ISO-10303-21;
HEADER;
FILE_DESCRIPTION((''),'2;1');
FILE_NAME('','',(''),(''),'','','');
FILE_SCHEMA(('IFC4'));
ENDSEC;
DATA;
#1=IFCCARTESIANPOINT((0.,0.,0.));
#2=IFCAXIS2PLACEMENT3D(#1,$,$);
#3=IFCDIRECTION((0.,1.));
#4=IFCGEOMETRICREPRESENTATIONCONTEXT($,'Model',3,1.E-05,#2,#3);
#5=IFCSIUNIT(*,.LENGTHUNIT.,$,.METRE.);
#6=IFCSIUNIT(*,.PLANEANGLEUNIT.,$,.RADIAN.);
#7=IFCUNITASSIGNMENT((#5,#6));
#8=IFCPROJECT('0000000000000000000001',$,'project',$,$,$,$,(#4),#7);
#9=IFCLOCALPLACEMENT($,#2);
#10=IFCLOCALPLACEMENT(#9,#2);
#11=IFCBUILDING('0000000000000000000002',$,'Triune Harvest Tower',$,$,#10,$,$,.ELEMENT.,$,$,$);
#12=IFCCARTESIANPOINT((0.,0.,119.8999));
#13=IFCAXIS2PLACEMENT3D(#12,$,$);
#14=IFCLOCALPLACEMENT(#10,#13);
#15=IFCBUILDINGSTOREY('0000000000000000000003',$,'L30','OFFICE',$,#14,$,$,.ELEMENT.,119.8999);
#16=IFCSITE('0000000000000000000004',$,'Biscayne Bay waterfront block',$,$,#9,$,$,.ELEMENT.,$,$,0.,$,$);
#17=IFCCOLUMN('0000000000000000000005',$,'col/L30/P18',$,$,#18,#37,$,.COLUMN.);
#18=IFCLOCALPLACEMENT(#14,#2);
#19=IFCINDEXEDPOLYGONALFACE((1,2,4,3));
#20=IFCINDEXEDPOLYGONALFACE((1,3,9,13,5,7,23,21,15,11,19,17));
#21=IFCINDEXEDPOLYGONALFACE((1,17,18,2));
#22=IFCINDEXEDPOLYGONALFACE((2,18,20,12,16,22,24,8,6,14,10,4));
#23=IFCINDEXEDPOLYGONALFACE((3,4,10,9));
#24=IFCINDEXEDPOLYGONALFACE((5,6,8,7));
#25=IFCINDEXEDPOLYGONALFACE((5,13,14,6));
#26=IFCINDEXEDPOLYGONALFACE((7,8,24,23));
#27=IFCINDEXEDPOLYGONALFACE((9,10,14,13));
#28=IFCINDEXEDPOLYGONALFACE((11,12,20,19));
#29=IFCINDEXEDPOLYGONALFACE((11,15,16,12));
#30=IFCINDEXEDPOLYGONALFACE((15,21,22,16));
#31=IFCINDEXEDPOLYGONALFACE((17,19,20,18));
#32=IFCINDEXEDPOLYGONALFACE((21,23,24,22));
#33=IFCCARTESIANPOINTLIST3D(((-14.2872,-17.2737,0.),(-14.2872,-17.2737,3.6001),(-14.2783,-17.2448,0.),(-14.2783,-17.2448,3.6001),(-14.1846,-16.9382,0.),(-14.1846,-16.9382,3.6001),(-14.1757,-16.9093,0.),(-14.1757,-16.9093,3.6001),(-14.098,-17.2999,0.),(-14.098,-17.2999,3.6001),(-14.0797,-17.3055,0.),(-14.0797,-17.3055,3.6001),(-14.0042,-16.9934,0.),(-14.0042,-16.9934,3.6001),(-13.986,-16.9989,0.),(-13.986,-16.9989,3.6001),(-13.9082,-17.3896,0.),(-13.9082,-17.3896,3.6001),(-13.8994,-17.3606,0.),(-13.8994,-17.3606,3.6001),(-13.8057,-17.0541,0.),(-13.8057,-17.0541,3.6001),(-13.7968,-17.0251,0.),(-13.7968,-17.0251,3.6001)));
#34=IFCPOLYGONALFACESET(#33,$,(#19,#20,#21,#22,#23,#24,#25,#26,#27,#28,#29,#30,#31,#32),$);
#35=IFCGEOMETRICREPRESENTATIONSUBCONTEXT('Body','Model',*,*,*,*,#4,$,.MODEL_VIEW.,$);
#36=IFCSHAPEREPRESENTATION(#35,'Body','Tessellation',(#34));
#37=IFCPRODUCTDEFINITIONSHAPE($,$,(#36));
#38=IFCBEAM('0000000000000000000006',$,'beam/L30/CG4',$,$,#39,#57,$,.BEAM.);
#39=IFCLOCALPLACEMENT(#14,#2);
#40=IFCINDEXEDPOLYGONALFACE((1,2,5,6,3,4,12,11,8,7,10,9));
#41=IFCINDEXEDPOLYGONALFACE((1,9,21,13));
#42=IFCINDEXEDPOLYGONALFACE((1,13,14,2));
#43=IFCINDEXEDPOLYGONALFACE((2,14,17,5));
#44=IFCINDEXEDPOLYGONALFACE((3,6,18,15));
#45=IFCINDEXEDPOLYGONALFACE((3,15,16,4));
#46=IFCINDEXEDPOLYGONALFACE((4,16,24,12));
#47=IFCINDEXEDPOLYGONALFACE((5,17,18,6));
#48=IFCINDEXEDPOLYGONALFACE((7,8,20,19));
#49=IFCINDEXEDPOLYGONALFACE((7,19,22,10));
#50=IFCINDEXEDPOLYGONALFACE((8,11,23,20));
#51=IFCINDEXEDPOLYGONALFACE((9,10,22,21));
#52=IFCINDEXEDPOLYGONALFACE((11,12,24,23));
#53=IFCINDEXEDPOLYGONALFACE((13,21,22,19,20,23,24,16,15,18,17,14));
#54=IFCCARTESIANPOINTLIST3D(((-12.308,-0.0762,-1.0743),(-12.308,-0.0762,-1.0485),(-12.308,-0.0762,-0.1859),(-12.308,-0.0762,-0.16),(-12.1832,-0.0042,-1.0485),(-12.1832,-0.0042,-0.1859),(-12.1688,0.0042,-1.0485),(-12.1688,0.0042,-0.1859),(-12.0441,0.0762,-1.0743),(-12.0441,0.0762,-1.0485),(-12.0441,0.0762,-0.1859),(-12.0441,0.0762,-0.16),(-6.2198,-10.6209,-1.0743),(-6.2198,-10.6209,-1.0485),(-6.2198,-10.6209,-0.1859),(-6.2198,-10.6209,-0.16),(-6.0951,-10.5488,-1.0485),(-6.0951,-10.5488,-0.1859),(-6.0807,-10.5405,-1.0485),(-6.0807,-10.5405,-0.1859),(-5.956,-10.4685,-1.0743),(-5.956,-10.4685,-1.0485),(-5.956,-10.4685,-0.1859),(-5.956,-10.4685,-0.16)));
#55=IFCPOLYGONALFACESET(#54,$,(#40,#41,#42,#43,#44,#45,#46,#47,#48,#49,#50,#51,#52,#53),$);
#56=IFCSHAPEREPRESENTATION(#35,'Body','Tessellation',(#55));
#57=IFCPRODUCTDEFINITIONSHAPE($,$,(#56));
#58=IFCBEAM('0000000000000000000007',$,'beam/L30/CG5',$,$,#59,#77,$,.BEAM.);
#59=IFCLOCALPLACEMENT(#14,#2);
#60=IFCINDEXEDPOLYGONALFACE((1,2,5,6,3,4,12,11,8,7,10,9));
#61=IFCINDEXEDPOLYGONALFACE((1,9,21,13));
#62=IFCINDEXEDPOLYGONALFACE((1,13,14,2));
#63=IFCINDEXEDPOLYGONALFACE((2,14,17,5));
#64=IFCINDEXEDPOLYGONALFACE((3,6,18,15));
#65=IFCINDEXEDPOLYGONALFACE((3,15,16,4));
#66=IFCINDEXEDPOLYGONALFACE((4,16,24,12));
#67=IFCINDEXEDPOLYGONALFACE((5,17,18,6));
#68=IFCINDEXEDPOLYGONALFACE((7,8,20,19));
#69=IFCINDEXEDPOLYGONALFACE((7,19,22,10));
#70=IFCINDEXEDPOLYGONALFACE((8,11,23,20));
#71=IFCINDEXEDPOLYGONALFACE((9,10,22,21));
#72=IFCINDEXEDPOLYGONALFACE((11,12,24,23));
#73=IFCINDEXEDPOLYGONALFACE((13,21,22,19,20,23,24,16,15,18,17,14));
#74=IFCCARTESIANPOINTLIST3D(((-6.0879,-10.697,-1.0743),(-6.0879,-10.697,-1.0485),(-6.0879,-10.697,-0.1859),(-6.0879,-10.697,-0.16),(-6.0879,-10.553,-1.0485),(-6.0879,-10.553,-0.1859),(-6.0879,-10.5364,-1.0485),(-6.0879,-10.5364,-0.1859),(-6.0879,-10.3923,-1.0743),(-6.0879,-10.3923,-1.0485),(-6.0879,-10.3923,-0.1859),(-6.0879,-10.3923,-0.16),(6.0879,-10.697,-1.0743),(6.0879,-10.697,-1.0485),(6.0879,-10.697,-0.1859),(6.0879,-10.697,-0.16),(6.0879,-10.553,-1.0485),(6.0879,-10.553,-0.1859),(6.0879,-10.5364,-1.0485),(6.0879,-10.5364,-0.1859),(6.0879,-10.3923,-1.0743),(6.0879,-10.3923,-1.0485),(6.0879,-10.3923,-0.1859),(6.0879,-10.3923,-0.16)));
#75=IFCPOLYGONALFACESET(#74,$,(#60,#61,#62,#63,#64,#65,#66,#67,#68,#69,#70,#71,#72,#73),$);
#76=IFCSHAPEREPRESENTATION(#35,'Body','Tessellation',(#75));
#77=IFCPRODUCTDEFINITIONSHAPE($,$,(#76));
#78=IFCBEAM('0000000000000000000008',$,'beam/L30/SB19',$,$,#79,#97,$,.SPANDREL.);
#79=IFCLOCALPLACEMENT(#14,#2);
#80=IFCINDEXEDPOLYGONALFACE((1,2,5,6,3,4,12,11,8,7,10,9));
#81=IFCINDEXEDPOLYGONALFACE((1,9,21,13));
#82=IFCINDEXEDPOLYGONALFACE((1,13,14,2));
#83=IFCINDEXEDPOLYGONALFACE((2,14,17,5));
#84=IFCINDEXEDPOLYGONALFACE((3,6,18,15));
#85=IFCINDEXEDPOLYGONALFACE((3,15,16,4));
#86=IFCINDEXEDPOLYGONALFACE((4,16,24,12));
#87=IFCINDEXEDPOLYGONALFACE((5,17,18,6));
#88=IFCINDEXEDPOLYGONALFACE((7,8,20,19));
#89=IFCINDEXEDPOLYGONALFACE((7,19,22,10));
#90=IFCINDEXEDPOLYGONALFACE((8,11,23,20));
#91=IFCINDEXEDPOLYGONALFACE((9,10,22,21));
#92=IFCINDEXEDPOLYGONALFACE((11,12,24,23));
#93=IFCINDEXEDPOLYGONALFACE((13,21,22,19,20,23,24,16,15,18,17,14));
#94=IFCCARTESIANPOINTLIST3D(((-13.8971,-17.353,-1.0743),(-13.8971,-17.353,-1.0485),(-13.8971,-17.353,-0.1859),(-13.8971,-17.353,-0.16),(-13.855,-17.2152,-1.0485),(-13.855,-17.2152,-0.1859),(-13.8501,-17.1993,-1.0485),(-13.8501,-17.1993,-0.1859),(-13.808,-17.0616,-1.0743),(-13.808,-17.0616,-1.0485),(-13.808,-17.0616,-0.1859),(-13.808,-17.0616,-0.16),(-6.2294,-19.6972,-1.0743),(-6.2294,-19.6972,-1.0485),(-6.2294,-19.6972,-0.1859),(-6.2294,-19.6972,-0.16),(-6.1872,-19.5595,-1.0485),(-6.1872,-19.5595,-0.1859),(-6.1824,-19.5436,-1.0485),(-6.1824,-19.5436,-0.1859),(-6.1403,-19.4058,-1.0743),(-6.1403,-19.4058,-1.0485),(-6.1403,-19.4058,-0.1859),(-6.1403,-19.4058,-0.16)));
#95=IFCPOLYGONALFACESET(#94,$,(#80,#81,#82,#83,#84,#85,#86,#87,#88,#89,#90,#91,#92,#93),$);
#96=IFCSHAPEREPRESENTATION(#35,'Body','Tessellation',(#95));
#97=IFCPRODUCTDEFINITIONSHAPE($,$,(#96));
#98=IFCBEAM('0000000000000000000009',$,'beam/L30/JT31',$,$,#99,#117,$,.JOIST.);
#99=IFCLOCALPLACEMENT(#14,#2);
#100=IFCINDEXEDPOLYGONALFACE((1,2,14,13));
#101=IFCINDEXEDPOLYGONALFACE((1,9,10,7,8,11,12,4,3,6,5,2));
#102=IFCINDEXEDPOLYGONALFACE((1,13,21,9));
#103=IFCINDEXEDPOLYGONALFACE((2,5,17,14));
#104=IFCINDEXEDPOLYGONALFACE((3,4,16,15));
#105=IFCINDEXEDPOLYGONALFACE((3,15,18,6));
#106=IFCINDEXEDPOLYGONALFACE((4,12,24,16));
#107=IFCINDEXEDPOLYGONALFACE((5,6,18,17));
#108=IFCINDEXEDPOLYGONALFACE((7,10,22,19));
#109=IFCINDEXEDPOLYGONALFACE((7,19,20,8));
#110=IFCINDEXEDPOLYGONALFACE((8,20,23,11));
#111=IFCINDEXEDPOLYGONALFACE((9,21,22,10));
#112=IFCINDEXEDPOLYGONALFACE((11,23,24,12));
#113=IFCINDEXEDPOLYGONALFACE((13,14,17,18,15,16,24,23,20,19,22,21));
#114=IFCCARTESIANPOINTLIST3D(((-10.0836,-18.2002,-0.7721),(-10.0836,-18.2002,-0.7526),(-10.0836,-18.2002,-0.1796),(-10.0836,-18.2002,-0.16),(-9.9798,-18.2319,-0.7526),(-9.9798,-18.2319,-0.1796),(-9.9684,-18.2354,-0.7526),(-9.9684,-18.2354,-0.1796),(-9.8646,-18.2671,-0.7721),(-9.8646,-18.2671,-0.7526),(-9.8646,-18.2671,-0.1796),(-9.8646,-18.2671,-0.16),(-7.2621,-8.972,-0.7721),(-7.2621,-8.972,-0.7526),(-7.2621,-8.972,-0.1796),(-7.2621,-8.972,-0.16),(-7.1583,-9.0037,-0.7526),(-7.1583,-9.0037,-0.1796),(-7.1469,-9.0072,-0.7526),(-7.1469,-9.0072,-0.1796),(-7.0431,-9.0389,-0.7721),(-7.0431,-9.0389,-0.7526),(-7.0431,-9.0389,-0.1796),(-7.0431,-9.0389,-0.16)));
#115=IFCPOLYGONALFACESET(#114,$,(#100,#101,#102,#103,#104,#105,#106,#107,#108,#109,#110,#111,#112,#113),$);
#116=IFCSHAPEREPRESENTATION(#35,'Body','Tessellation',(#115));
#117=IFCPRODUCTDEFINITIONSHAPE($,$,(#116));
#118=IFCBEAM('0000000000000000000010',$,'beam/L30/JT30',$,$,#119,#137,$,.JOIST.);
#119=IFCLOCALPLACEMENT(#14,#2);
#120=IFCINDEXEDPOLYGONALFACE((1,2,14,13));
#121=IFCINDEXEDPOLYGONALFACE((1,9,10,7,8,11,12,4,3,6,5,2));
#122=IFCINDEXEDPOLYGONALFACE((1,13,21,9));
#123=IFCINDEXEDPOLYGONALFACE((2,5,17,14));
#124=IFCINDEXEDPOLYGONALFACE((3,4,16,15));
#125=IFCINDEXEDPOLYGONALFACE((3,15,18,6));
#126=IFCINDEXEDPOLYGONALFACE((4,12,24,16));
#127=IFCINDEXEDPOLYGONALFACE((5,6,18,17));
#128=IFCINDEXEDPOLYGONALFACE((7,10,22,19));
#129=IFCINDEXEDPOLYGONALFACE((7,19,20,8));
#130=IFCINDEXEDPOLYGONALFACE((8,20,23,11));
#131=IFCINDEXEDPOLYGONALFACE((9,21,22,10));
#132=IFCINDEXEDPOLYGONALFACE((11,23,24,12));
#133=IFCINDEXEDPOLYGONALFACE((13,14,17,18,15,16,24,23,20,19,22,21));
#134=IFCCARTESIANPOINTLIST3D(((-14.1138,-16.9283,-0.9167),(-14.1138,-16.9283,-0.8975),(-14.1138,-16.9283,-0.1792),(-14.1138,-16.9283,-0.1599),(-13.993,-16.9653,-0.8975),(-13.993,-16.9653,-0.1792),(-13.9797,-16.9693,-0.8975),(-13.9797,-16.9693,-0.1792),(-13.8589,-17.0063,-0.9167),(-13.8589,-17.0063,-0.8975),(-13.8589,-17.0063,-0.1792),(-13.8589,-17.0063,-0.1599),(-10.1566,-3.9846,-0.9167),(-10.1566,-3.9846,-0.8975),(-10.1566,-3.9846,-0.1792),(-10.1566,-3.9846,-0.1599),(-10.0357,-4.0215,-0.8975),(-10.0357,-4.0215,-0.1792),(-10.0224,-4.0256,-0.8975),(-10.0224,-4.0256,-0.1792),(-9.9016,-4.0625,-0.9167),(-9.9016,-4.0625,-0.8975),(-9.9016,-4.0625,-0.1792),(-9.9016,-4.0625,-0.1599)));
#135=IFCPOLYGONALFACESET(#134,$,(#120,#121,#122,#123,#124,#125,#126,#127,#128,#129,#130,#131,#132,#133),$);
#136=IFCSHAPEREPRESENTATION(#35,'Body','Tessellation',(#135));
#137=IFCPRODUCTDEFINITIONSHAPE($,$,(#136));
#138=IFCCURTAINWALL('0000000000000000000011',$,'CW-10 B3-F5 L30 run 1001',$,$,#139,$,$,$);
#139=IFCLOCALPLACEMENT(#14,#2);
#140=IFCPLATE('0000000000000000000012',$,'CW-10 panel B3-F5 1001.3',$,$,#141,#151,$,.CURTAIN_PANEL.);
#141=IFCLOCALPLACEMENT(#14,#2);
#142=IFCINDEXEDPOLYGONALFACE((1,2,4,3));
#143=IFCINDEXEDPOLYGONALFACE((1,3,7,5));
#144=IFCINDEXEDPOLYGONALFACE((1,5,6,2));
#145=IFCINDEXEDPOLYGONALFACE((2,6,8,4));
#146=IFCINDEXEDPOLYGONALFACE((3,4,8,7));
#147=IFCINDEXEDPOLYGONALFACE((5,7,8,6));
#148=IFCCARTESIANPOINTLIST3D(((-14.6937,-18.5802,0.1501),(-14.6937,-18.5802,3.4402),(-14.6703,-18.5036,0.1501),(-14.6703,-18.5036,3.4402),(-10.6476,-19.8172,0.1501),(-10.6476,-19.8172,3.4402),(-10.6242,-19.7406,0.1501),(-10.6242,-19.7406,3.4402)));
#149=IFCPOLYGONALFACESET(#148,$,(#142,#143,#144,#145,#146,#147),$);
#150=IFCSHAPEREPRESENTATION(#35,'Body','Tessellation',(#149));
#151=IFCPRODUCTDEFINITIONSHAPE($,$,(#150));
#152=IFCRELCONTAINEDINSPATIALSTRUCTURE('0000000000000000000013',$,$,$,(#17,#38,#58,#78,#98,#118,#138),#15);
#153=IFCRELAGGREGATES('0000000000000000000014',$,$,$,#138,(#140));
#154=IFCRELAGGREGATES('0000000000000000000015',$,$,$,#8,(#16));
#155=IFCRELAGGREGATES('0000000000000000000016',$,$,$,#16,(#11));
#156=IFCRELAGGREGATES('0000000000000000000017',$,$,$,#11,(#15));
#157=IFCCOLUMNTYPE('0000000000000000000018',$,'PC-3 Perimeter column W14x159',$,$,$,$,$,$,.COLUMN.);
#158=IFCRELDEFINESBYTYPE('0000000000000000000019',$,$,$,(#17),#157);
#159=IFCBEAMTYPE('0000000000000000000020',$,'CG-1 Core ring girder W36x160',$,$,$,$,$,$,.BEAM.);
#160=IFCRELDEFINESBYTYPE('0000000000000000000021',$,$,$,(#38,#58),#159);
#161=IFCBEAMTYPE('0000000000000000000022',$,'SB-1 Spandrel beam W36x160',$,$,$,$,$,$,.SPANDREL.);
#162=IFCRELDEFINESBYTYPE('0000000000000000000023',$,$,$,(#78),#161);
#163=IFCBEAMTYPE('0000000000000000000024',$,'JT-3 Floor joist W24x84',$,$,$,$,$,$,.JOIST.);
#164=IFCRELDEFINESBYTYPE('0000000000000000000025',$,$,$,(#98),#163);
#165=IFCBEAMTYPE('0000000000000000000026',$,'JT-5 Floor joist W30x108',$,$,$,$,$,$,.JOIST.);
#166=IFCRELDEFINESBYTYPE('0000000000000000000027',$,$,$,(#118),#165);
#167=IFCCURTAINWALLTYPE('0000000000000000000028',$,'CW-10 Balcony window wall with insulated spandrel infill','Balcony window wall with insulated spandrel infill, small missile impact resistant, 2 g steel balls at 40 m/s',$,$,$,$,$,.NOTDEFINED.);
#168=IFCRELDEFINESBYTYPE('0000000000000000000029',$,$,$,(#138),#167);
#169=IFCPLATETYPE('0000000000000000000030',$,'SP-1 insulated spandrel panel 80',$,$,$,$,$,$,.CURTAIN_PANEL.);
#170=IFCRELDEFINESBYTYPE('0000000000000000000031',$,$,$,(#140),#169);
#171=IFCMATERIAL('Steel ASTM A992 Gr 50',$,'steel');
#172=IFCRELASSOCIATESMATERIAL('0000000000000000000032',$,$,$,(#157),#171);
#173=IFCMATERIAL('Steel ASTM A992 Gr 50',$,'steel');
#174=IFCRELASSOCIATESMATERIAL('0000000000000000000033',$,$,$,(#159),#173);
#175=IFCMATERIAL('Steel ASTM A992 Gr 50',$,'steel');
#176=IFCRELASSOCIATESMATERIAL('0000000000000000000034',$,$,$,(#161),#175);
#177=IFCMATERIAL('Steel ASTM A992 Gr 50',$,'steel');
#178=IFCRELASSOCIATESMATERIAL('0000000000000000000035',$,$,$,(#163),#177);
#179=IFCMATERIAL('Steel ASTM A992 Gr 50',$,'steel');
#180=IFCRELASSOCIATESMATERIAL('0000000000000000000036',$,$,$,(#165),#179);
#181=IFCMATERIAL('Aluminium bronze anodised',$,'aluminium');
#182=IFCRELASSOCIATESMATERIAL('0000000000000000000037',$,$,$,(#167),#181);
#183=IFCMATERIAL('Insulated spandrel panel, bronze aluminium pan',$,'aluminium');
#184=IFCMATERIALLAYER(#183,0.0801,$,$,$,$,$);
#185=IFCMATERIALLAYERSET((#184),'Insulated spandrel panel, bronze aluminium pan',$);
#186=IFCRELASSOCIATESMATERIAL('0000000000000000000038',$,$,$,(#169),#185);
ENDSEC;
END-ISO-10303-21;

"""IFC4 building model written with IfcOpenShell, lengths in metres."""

from ifc_helpers import new_model, si_unit, direction, frame, origin, origin_2d, place, context, subcontext, project, spatial, rectangle, i_section, extrude, source, transform, mapped, material, layer, layer_set, material_profile, profile_set, type_object, element, aggregate, save


model = new_model("IFC4")

# Units and contexts
model_context = context("Model", 3, precision=1e-05, world=origin(), true_north=direction((0.0, 1.0)))
body_context = subcontext(model_context, "Body", "Model", "MODEL_VIEW")
ifc_project = project(units=[si_unit("LENGTHUNIT", "METRE"), si_unit("PLANEANGLEUNIT", "RADIAN")], contexts=[model_context])

# Site, building, storey
site_placement = place(None, origin())
site = spatial("IfcSite", under=ifc_project, at=site_placement, Name="Biscayne Bay waterfront block", CompositionType="ELEMENT", RefElevation=0.0)
building_placement = place(site_placement, origin())
building = spatial("IfcBuilding", under=site, at=building_placement, Name="Triune Harvest Tower", CompositionType="ELEMENT")
storey_placement = place(building_placement, frame((0.0, 0.0, 119.8999)))
storey = spatial("IfcBuildingStorey", under=building, at=storey_placement, Name="L30", Description="OFFICE", CompositionType="ELEMENT", Elevation=119.8999)

# Column
ifc_material_1 = material(Name="Steel ASTM A992 Gr 50", Category="steel")
ifc_material_profile_1 = material_profile(ifc_material_1, i_section(OverallWidth=0.3962, OverallDepth=0.3811, WebThickness=0.019, FlangeThickness=0.0303, at=origin_2d()), Name="W14x159")
ifc_profile_set_1 = profile_set([ifc_material_profile_1], Name="Steel ASTM A992 Gr 50")
column_type = type_object("IfcColumnType", Name="PC-3 Perimeter column W14x159", PredefinedType="COLUMN", material=ifc_profile_set_1)
shared_shape_1 = source(origin(), body_context, "Body", "SweptSolid", [
    extrude(i_section(OverallWidth=0.3962, OverallDepth=0.3811, WebThickness=0.019, FlangeThickness=0.0303, at=origin_2d()), origin(), (0.0, 0.0, 1.0), 3.6001),
])
column_placement = place(storey_placement, frame((-14.042, -17.1494, 0.0), z_axis=(0.0, 0.0, 1.0), x_axis=(0.956305, -0.292372, 0.0)))
element("IfcColumn", 1, at=column_placement, inside=storey, type_object=column_type, Name="col/L30/P18", PredefinedType="COLUMN", context=body_context, shape_type="MappedRepresentation", body=[
    mapped(shared_shape_1, transform((0.0, 0.0, 0.0), scale=1.0)),
])

# Beams
ifc_material_2 = material(Name="Steel ASTM A992 Gr 50", Category="steel")
ifc_material_profile_2 = material_profile(ifc_material_2, i_section(OverallWidth=0.3047, OverallDepth=0.9143, WebThickness=0.0166, FlangeThickness=0.0259, at=origin_2d()), Name="W36x160")
ifc_profile_set_2 = profile_set([ifc_material_profile_2], Name="Steel ASTM A992 Gr 50")
beam_type_1 = type_object("IfcBeamType", Name="CG-1 Core ring girder W36x160", PredefinedType="BEAM", material=ifc_profile_set_2)
shared_shape_2 = source(origin(), body_context, "Body", "SweptSolid", [
    extrude(i_section(OverallWidth=0.3047, OverallDepth=0.9143, WebThickness=0.0166, FlangeThickness=0.0259, at=origin_2d()), origin(), (0.0, 0.0, 1.0), 12.176),
])
beam_1_placement = place(storey_placement, frame((-12.176, 0.0, -0.6172), z_axis=(0.50001, -0.86602, 0.0), x_axis=(0.86602, 0.50001, 0.0)))
element("IfcBeam", 2, at=beam_1_placement, inside=storey, type_object=beam_type_1, Name="beam/L30/CG4", PredefinedType="BEAM", context=body_context, shape_type="MappedRepresentation", body=[
    mapped(shared_shape_2, transform((0.0, 0.0, 0.0), scale=1.0)),
])
shared_shape_3 = source(origin(), body_context, "Body", "SweptSolid", [
    extrude(i_section(OverallWidth=0.3047, OverallDepth=0.9143, WebThickness=0.0166, FlangeThickness=0.0259, at=origin_2d()), origin(), (0.0, 0.0, 1.0), 12.1758),
])
beam_2_placement = place(storey_placement, frame((-6.0879, -10.5447, -0.6172), z_axis=(1.0, 0.0, 0.0), x_axis=(0.0, 1.0, 0.0)))
element("IfcBeam", 3, at=beam_2_placement, inside=storey, type_object=beam_type_1, Name="beam/L30/CG5", PredefinedType="BEAM", context=body_context, shape_type="MappedRepresentation", body=[
    mapped(shared_shape_3, transform((0.0, 0.0, 0.0), scale=1.0)),
])
ifc_material_3 = material(Name="Steel ASTM A992 Gr 50", Category="steel")
ifc_material_profile_3 = material_profile(ifc_material_3, i_section(OverallWidth=0.3047, OverallDepth=0.9143, WebThickness=0.0166, FlangeThickness=0.0259, at=origin_2d()), Name="W36x160")
ifc_profile_set_3 = profile_set([ifc_material_profile_3], Name="Steel ASTM A992 Gr 50")
beam_type_2 = type_object("IfcBeamType", Name="SB-1 Spandrel beam W36x160", PredefinedType="SPANDREL", material=ifc_profile_set_3)
shared_shape_4 = source(origin(), body_context, "Body", "SweptSolid", [
    extrude(i_section(OverallWidth=0.3047, OverallDepth=0.9143, WebThickness=0.0166, FlangeThickness=0.0259, at=origin_2d()), origin(), (0.0, 0.0, 1.0), 8.0181),
])
beam_3_placement = place(storey_placement, frame((-13.8525, -17.2073, -0.6172), z_axis=(0.956305, -0.292369, 0.0), x_axis=(0.292369, 0.956305, 0.0)))
element("IfcBeam", 4, at=beam_3_placement, inside=storey, type_object=beam_type_2, Name="beam/L30/SB19", PredefinedType="SPANDREL", context=body_context, shape_type="MappedRepresentation", body=[
    mapped(shared_shape_4, transform((0.0, 0.0, 0.0), scale=1.0)),
])
ifc_material_4 = material(Name="Steel ASTM A992 Gr 50", Category="steel")
ifc_material_profile_4 = material_profile(ifc_material_4, i_section(OverallWidth=0.229, OverallDepth=0.6121, WebThickness=0.012, FlangeThickness=0.0195, at=origin_2d()), Name="W24x84")
ifc_profile_set_4 = profile_set([ifc_material_profile_4], Name="Steel ASTM A992 Gr 50")
beam_type_3 = type_object("IfcBeamType", Name="JT-3 Floor joist W24x84", PredefinedType="JOIST", material=ifc_profile_set_4)
shared_shape_5 = source(origin(), body_context, "Body", "SweptSolid", [
    extrude(i_section(OverallWidth=0.229, OverallDepth=0.6121, WebThickness=0.012, FlangeThickness=0.0195, at=origin_2d()), origin(), (0.0, 0.0, 1.0), 9.6499),
])
beam_4_placement = place(storey_placement, frame((-9.9741, -18.2336, -0.4661), z_axis=(0.292388, 0.9563, 0.0), x_axis=(-0.9563, 0.292388, 0.0)))
element("IfcBeam", 5, at=beam_4_placement, inside=storey, type_object=beam_type_3, Name="beam/L30/JT31", PredefinedType="JOIST", context=body_context, shape_type="MappedRepresentation", body=[
    mapped(shared_shape_5, transform((0.0, 0.0, 0.0), scale=1.0)),
])
ifc_material_5 = material(Name="Steel ASTM A992 Gr 50", Category="steel")
ifc_material_profile_5 = material_profile(ifc_material_5, i_section(OverallWidth=0.2666, OverallDepth=0.7568, WebThickness=0.0139, FlangeThickness=0.0193, at=origin_2d()), Name="W30x108")
ifc_profile_set_5 = profile_set([ifc_material_profile_5], Name="Steel ASTM A992 Gr 50")
beam_type_4 = type_object("IfcBeamType", Name="JT-5 Floor joist W30x108", PredefinedType="JOIST", material=ifc_profile_set_5)
shared_shape_6 = source(origin(), body_context, "Body", "SweptSolid", [
    extrude(i_section(OverallWidth=0.2666, OverallDepth=0.7568, WebThickness=0.0139, FlangeThickness=0.0193, at=origin_2d()), origin(), (0.0, 0.0, 1.0), 13.5352),
])
beam_5_placement = place(storey_placement, frame((-13.9863, -16.9673, -0.5383), z_axis=(0.292368, 0.956306, 0.0), x_axis=(-0.956306, 0.292368, 0.0)))
element("IfcBeam", 6, at=beam_5_placement, inside=storey, type_object=beam_type_4, Name="beam/L30/JT30", PredefinedType="JOIST", context=body_context, shape_type="MappedRepresentation", body=[
    mapped(shared_shape_6, transform((0.0, 0.0, 0.0), scale=1.0)),
])

# Curtain wall, plate
ifc_material_6 = material(Name="Aluminium bronze anodised", Category="aluminium")
curtain_wall_type = type_object("IfcCurtainWallType", Name="CW-10 Balcony window wall with insulated spandrel infill", Description="Balcony window wall with insulated spandrel infill, small missile impact resistant, 2 g steel balls at 40 m/s", PredefinedType="NOTDEFINED", material=ifc_material_6)
curtain_wall_placement = place(storey_placement, origin())
curtain_wall = element("IfcCurtainWall", 7, at=curtain_wall_placement, inside=storey, type_object=curtain_wall_type, Name="CW-10 B3-F5 L30 run 1001")
ifc_material_7 = material(Name="Insulated spandrel panel, bronze aluminium pan", Category="aluminium")
ifc_layer_1 = layer(ifc_material_7, 0.0801)
ifc_layer_set_1 = layer_set([ifc_layer_1], Name="Insulated spandrel panel, bronze aluminium pan")
plate_type = type_object("IfcPlateType", Name="SP-1 insulated spandrel panel 80", PredefinedType="CURTAIN_PANEL", material=ifc_layer_set_1)
plate_placement = place(storey_placement, frame((-12.6589, -19.1604, 0.1501), z_axis=(0.0, 0.0, 1.0), x_axis=(0.956306, -0.292368, 0.0)))
plate = element("IfcPlate", 8, at=plate_placement, type_object=plate_type, Name="CW-10 panel B3-F5 1001.3", PredefinedType="CURTAIN_PANEL", context=body_context, shape_type="SweptSolid", body=[
    extrude(rectangle(XDim=4.231, YDim=0.0801, at=origin_2d()), origin(), (0.0, 0.0, 1.0), 3.29),
])
aggregate(curtain_wall, [plate])

save(model, "model.ifc")
